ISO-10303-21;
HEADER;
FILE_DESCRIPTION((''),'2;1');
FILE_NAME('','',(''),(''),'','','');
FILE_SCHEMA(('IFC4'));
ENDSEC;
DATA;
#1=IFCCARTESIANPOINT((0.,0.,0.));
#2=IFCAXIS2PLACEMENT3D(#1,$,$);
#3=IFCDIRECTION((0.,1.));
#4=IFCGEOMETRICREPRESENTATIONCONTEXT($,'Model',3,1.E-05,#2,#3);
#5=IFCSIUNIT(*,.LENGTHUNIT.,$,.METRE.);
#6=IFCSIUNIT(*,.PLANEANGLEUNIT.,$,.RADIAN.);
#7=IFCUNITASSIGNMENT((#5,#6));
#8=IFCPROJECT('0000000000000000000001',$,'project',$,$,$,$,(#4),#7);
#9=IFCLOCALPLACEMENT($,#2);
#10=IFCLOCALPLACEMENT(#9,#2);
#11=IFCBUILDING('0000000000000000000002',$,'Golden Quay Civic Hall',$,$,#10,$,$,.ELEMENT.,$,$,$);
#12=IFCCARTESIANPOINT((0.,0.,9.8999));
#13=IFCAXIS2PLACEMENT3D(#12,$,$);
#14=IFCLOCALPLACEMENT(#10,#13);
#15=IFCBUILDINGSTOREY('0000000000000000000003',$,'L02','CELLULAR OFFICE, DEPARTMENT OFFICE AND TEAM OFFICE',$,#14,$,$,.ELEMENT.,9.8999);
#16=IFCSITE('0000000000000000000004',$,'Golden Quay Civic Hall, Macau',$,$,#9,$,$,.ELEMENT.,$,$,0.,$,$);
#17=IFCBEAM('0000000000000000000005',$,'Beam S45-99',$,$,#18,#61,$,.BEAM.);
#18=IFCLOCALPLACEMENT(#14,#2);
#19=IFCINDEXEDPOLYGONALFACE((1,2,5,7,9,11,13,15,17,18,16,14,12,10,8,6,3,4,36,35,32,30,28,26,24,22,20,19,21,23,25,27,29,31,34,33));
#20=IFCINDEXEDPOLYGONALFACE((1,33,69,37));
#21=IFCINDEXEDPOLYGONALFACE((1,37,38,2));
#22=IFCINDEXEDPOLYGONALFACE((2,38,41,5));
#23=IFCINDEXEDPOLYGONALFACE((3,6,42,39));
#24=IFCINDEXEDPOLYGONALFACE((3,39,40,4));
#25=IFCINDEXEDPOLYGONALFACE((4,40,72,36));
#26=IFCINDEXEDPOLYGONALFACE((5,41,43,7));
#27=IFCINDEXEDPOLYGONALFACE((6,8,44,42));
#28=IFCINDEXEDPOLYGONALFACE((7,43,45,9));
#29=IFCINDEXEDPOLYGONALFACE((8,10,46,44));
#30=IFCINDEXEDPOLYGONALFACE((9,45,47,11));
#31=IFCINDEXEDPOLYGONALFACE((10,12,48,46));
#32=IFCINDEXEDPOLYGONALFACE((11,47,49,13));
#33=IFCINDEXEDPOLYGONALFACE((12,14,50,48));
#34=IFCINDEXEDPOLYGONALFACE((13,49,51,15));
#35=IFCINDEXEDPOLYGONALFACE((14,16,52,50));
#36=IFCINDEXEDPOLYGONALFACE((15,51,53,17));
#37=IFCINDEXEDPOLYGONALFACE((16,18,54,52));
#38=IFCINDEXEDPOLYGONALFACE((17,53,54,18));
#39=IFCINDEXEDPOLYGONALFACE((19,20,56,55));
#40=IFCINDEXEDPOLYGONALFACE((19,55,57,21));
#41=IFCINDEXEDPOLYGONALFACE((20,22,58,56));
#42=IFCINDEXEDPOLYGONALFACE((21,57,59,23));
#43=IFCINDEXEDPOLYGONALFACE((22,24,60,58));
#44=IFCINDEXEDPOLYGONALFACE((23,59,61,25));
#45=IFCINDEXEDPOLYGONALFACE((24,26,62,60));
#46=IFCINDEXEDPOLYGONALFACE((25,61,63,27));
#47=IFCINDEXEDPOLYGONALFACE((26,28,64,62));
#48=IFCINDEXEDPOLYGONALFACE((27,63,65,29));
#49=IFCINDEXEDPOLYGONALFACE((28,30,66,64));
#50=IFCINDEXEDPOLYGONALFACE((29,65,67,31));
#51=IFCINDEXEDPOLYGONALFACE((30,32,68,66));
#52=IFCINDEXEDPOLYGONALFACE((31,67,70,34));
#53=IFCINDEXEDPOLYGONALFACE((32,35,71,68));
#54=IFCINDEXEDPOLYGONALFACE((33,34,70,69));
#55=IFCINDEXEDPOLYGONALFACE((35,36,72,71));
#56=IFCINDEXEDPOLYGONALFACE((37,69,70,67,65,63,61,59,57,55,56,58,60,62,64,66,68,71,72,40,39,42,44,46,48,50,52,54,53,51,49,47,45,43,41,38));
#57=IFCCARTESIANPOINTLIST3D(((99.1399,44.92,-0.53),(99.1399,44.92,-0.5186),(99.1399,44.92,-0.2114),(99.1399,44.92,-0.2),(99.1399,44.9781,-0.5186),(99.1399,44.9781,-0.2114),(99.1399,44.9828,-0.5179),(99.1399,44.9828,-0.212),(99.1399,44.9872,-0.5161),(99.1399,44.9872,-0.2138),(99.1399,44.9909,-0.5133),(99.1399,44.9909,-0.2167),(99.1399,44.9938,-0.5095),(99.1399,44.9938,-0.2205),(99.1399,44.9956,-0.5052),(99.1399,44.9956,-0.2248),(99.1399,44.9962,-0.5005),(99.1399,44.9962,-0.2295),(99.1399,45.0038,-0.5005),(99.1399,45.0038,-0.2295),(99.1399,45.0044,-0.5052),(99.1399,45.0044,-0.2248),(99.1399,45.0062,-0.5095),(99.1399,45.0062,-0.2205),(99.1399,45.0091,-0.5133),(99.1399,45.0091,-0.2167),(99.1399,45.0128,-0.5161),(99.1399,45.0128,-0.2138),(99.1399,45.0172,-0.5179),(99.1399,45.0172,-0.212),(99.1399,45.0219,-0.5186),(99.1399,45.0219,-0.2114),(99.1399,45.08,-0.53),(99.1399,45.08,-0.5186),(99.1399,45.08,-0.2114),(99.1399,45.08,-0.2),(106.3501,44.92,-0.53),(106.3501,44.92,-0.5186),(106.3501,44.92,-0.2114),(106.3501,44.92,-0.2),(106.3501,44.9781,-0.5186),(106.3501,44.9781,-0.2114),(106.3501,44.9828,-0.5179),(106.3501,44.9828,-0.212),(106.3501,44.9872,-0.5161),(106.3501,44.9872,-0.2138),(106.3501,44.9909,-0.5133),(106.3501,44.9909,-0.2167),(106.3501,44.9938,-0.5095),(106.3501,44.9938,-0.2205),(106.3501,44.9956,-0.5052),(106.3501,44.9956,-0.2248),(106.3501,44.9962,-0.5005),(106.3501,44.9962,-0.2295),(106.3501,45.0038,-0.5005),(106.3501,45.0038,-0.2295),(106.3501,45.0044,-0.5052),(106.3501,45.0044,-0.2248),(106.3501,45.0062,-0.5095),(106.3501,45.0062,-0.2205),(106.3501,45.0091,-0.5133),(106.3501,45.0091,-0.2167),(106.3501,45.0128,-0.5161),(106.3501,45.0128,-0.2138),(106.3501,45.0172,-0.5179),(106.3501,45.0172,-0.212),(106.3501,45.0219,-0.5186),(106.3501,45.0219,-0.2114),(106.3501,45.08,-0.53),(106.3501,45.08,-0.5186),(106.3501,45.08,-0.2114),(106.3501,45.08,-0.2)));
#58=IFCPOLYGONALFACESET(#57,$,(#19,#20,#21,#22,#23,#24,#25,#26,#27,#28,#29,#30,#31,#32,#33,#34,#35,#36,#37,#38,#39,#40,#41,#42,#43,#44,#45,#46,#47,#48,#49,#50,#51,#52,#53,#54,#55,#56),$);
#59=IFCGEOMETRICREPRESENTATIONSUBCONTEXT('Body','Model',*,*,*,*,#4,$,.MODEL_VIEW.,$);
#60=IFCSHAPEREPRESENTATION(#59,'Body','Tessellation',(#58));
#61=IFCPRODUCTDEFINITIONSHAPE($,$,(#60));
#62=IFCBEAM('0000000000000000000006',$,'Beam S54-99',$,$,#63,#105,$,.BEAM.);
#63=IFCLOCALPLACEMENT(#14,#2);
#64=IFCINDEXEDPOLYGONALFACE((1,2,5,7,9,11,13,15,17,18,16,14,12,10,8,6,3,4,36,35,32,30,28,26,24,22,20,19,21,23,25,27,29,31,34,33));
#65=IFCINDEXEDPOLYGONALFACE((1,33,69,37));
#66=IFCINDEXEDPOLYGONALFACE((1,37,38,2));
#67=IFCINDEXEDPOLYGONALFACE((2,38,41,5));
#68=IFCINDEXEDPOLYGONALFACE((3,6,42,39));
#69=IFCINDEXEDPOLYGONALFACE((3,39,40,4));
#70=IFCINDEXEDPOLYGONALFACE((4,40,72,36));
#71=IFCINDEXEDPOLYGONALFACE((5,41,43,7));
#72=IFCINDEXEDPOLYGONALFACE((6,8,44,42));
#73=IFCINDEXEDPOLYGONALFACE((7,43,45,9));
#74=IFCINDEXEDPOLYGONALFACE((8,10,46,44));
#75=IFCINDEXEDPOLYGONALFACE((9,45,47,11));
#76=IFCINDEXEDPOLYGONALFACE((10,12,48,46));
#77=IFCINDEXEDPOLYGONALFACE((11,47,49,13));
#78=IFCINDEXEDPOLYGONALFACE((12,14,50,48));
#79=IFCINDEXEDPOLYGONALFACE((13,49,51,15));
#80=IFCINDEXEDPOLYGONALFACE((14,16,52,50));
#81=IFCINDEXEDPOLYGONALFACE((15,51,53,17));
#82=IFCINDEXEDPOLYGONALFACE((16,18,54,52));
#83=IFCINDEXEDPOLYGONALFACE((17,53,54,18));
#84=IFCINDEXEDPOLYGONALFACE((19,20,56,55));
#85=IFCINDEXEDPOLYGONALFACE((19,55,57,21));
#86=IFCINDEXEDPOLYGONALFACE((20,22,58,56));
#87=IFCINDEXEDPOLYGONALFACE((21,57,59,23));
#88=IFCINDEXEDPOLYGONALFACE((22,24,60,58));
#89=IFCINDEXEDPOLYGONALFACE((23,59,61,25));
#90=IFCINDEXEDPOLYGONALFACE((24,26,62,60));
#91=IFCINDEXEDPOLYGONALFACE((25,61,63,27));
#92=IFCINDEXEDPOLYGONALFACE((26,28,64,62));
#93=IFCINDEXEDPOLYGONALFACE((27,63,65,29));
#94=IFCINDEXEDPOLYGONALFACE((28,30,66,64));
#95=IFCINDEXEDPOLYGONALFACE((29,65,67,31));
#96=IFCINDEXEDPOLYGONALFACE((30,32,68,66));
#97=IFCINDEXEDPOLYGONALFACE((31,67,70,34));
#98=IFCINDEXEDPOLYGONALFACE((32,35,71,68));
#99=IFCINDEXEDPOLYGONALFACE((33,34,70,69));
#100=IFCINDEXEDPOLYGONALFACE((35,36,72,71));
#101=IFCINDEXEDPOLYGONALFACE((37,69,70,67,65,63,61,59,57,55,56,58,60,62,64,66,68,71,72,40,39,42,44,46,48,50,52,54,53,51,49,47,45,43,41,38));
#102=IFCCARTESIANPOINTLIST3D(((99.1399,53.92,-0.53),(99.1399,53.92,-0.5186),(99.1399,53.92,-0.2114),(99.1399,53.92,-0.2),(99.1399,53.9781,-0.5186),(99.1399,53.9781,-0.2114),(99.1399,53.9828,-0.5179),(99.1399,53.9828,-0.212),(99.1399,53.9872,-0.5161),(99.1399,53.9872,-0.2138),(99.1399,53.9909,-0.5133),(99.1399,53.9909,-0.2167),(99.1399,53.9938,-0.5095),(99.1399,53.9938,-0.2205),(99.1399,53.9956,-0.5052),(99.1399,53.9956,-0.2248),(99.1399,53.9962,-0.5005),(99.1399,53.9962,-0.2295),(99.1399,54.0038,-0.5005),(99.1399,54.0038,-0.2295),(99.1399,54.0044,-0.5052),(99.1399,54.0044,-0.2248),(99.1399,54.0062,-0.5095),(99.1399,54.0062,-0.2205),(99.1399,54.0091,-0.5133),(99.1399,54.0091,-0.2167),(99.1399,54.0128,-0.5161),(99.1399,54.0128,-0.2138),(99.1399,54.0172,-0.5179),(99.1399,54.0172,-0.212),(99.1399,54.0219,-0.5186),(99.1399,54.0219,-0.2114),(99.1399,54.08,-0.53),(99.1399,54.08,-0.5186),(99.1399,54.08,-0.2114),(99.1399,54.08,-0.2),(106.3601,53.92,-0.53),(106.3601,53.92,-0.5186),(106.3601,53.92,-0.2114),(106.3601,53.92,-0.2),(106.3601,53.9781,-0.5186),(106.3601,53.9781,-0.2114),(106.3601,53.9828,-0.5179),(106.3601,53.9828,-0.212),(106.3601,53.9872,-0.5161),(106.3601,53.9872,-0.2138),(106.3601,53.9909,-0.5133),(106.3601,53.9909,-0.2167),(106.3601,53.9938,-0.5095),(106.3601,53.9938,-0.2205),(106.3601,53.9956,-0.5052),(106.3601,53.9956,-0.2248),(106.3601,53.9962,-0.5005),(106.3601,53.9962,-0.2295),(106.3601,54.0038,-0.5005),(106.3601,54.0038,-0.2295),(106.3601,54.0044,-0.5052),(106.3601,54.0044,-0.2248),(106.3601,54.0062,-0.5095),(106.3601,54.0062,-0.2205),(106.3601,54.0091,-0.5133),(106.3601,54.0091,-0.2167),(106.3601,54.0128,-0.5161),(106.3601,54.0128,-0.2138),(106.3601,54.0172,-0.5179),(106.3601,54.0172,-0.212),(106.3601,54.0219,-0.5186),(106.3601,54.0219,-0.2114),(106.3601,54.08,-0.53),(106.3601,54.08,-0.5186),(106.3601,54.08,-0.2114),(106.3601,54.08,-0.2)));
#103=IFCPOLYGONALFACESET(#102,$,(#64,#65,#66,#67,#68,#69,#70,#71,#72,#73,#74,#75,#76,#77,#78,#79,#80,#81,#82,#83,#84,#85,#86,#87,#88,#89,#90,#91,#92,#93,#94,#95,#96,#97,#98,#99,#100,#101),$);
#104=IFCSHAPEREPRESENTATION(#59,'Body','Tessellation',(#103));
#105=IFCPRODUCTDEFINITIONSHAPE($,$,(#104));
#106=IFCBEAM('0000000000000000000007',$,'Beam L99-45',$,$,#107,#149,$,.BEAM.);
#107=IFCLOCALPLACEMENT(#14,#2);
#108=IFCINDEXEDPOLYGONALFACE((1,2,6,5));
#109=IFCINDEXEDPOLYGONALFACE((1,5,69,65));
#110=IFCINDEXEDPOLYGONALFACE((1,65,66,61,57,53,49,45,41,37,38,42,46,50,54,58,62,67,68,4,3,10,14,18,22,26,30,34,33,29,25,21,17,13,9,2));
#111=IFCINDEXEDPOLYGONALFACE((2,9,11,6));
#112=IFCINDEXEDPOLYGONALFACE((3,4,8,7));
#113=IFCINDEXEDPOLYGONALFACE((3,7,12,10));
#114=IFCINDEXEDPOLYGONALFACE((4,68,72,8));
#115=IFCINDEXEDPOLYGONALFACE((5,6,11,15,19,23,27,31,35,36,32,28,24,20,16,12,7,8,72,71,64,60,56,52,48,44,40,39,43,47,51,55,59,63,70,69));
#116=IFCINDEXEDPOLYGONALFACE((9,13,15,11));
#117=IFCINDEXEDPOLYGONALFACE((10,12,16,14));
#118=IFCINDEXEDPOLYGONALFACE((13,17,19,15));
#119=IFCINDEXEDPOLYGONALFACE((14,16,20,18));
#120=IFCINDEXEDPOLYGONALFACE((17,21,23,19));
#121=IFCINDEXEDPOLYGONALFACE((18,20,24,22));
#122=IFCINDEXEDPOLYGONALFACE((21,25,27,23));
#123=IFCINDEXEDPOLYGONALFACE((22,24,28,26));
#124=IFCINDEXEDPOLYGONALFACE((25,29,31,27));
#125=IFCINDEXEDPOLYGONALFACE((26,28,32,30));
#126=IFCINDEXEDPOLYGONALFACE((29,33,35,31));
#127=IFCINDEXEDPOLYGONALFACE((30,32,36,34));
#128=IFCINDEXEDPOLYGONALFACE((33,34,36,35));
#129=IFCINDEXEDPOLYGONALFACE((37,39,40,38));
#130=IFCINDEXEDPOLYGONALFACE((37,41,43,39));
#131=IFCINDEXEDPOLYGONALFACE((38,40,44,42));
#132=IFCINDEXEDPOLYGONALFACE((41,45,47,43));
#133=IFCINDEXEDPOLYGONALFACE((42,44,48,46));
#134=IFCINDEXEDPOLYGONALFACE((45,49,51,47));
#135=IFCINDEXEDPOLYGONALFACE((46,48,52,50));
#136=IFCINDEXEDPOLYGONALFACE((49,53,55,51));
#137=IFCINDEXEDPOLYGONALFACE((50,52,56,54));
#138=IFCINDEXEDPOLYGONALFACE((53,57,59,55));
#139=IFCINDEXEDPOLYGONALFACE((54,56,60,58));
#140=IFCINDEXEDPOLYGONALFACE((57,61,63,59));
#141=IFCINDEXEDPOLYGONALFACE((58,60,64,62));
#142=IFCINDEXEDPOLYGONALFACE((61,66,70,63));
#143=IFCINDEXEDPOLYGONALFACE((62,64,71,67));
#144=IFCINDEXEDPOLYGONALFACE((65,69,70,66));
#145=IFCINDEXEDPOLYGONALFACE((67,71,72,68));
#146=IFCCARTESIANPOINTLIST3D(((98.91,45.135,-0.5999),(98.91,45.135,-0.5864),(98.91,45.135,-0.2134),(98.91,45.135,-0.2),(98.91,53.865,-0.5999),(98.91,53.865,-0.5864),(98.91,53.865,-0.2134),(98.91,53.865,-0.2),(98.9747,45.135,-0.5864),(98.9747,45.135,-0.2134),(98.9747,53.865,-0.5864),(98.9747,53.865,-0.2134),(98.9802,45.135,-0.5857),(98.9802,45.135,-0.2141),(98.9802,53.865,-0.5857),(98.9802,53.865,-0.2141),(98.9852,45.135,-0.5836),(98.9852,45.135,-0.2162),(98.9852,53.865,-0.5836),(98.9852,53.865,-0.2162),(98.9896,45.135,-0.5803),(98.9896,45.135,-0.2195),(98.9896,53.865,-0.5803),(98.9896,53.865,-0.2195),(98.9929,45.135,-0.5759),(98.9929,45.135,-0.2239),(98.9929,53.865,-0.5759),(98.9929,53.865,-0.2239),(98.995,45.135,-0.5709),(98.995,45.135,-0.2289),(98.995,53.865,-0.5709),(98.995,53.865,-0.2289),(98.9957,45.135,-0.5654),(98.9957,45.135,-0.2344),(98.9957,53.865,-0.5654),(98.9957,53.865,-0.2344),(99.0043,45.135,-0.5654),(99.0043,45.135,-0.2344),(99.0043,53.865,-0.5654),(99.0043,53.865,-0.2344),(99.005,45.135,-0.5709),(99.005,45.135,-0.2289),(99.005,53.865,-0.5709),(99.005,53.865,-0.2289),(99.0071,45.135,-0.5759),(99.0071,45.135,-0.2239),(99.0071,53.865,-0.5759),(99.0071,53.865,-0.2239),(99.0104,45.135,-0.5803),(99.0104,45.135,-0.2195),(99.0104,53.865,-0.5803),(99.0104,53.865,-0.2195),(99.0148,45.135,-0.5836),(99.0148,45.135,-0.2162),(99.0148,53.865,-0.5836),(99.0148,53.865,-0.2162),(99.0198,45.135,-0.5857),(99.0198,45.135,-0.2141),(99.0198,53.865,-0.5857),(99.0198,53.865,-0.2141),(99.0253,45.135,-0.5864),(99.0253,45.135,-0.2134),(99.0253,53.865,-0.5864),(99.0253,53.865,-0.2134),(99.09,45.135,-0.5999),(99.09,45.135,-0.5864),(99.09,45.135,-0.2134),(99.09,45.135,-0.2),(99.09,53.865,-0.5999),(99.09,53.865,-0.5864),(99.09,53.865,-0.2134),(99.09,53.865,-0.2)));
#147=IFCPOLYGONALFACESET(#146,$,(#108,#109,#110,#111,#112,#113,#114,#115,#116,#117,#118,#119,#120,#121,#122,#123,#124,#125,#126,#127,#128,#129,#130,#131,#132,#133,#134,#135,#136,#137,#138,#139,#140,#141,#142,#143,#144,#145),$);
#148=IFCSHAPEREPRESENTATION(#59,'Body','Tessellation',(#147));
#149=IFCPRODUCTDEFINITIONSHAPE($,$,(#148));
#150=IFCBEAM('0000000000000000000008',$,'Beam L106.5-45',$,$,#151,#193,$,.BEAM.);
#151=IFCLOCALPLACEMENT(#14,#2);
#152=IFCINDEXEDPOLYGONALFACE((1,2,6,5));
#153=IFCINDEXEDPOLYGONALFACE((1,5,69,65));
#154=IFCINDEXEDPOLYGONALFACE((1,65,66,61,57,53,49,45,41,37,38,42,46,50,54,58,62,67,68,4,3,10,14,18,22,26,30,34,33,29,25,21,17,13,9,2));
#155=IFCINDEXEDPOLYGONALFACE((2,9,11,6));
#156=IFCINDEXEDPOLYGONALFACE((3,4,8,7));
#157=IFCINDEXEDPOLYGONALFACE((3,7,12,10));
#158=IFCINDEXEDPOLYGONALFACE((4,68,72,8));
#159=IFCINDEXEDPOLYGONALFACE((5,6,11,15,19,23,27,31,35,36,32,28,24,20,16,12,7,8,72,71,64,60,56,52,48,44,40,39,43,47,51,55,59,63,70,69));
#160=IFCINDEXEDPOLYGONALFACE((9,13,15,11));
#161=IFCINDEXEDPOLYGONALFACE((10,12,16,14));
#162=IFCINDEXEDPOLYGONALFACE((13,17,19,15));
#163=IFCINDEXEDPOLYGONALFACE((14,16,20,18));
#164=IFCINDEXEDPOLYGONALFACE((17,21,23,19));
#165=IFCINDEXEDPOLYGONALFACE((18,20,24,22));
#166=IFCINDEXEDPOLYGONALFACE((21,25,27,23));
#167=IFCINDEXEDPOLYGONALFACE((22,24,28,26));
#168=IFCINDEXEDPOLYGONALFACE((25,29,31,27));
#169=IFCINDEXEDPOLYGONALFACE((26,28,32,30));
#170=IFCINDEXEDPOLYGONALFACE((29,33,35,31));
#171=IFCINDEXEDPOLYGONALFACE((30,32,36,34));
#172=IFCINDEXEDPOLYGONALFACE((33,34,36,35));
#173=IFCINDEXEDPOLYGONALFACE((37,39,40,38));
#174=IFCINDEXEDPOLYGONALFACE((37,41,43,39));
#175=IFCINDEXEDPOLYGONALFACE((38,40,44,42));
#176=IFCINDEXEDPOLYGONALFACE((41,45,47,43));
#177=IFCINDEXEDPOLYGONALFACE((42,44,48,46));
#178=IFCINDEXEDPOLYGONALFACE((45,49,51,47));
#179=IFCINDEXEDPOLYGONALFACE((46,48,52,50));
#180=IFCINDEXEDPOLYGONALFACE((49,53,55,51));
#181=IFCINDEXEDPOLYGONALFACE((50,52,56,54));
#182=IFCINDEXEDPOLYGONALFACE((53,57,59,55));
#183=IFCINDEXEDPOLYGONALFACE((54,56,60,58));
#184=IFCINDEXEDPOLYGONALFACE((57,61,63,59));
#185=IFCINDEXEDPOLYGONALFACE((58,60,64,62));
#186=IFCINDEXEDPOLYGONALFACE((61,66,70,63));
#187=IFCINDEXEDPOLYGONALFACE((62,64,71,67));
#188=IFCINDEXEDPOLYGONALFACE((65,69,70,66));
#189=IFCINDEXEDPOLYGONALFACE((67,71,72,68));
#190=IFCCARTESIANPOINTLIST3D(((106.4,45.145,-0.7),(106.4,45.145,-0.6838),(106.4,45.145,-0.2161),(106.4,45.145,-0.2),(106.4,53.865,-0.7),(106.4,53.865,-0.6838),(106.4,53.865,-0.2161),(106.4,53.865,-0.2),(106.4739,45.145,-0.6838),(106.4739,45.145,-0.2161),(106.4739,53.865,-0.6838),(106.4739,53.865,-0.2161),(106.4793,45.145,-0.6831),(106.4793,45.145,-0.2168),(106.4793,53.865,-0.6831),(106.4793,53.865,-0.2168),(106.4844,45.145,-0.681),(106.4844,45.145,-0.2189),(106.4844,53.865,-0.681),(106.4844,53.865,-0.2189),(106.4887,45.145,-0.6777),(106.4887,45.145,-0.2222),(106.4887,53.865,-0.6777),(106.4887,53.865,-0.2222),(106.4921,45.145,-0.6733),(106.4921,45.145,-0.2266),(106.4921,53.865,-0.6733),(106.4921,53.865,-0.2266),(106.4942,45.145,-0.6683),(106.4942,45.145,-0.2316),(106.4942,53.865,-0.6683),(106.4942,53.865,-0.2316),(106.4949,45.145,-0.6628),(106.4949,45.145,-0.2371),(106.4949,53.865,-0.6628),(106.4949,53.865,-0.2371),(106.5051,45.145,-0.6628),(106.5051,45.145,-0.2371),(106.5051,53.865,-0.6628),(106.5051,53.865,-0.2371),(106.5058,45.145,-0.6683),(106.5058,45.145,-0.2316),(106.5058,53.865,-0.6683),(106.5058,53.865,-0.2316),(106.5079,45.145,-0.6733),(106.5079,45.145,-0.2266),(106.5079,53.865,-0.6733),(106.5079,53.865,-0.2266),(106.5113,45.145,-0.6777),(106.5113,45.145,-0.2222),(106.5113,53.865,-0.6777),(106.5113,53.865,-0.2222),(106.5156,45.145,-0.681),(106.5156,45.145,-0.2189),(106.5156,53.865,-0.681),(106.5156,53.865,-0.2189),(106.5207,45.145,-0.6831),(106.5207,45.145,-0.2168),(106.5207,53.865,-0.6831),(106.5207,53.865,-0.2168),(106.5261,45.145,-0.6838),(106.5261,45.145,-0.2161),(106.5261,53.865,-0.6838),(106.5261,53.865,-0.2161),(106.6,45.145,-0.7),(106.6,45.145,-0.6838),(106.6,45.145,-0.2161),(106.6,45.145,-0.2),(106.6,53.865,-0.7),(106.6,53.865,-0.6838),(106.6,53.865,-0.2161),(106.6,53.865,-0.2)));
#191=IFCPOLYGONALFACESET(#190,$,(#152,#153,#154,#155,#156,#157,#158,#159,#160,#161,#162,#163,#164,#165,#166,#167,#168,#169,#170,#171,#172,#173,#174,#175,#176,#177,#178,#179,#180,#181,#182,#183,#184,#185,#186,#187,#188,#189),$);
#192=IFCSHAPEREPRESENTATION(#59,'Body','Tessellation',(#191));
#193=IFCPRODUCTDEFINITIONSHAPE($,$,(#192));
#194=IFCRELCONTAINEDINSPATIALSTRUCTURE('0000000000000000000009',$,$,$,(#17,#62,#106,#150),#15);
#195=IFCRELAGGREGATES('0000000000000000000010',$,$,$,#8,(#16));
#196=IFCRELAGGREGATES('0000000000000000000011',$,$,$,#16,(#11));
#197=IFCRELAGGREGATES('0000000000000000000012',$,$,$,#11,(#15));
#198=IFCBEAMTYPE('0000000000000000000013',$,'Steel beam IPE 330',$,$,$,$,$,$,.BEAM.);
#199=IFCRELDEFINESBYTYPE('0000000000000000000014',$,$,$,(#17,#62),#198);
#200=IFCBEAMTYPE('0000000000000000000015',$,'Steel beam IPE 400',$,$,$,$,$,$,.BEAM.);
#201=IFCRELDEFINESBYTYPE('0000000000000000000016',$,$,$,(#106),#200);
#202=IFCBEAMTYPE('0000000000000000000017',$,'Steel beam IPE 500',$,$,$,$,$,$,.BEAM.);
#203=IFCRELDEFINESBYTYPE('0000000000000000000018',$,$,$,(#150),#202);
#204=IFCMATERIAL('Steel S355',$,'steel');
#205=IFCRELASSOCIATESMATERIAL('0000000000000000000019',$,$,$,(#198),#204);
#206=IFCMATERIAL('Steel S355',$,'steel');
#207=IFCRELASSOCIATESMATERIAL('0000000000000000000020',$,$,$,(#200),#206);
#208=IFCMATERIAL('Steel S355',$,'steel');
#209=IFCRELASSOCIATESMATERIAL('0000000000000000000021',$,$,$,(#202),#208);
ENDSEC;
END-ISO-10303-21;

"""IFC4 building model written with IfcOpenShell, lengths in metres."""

from ifc_helpers import new_model, si_unit, direction, frame, origin, origin_2d, place, context, subcontext, project, spatial, i_section, extrude, material, material_profile, profile_set, type_object, element, save


model = new_model("IFC4")

# Units and contexts
model_context = context("Model", 3, precision=1e-05, world=origin(), true_north=direction((0.0, 1.0)))
body_context = subcontext(model_context, "Body", "Model", "MODEL_VIEW")
ifc_project = project(units=[si_unit("LENGTHUNIT", "METRE"), si_unit("PLANEANGLEUNIT", "RADIAN")], contexts=[model_context])

# Site, building, storey
site_placement = place(None, origin())
site = spatial("IfcSite", under=ifc_project, at=site_placement, Name="Golden Quay Civic Hall, Macau", CompositionType="ELEMENT", RefElevation=0.0)
building_placement = place(site_placement, origin())
building = spatial("IfcBuilding", under=site, at=building_placement, Name="Golden Quay Civic Hall", CompositionType="ELEMENT")
storey_placement = place(building_placement, frame((0.0, 0.0, 9.8999)))
storey = spatial("IfcBuildingStorey", under=building, at=storey_placement, Name="L02", Description="CELLULAR OFFICE, DEPARTMENT OFFICE AND TEAM OFFICE", CompositionType="ELEMENT", Elevation=9.8999)

# Beams
ifc_material_1 = material(Name="Steel S355", Category="steel")
ifc_material_profile_1 = material_profile(ifc_material_1, i_section(OverallWidth=0.1599, OverallDepth=0.3301, WebThickness=0.0076, FlangeThickness=0.0115, FilletRadius=0.0181, at=origin_2d()), Name="IPE 330")
ifc_profile_set_1 = profile_set([ifc_material_profile_1], Name="Steel S355")
beam_type_1 = type_object("IfcBeamType", Name="Steel beam IPE 330", PredefinedType="BEAM", material=ifc_profile_set_1)
beam_1_placement = place(storey_placement, frame((99.1399, 45.0, -0.365), z_axis=(1.0, 0.0, 0.0), x_axis=(0.0, 1.0, 0.0)))
element("IfcBeam", 1, at=beam_1_placement, inside=storey, type_object=beam_type_1, Name="Beam S45-99", PredefinedType="BEAM", context=body_context, shape_type="SweptSolid", body=[
    extrude(i_section(OverallWidth=0.1599, OverallDepth=0.3301, WebThickness=0.0076, FlangeThickness=0.0115, FilletRadius=0.0181, at=origin_2d()), origin(), (0.0, 0.0, 1.0), 7.2102),
])
beam_2_placement = place(storey_placement, frame((99.1399, 54.0, -0.365), z_axis=(1.0, 0.0, 0.0), x_axis=(0.0, 1.0, 0.0)))
element("IfcBeam", 2, at=beam_2_placement, inside=storey, type_object=beam_type_1, Name="Beam S54-99", PredefinedType="BEAM", context=body_context, shape_type="SweptSolid", body=[
    extrude(i_section(OverallWidth=0.1599, OverallDepth=0.3301, WebThickness=0.0076, FlangeThickness=0.0115, FilletRadius=0.0181, at=origin_2d()), origin(), (0.0, 0.0, 1.0), 7.2202),
])
ifc_material_2 = material(Name="Steel S355", Category="steel")
ifc_material_profile_2 = material_profile(ifc_material_2, i_section(OverallWidth=0.1799, OverallDepth=0.3999, WebThickness=0.0085, FlangeThickness=0.0134, FilletRadius=0.021, at=origin_2d()), Name="IPE 400")
ifc_profile_set_2 = profile_set([ifc_material_profile_2], Name="Steel S355")
beam_type_2 = type_object("IfcBeamType", Name="Steel beam IPE 400", PredefinedType="BEAM", material=ifc_profile_set_2)
beam_3_placement = place(storey_placement, frame((99.0, 45.135, -0.3999), z_axis=(0.0, 1.0, 0.0), x_axis=(-1.0, 0.0, 0.0)))
element("IfcBeam", 3, at=beam_3_placement, inside=storey, type_object=beam_type_2, Name="Beam L99-45", PredefinedType="BEAM", context=body_context, shape_type="SweptSolid", body=[
    extrude(i_section(OverallWidth=0.1799, OverallDepth=0.3999, WebThickness=0.0085, FlangeThickness=0.0134, FilletRadius=0.021, at=origin_2d()), origin(), (0.0, 0.0, 1.0), 8.73),
])
ifc_material_3 = material(Name="Steel S355", Category="steel")
ifc_material_profile_3 = material_profile(ifc_material_3, i_section(OverallWidth=0.2, OverallDepth=0.5, WebThickness=0.0103, FlangeThickness=0.0161, FilletRadius=0.021, at=origin_2d()), Name="IPE 500")
ifc_profile_set_3 = profile_set([ifc_material_profile_3], Name="Steel S355")
beam_type_3 = type_object("IfcBeamType", Name="Steel beam IPE 500", PredefinedType="BEAM", material=ifc_profile_set_3)
beam_4_placement = place(storey_placement, frame((106.5, 45.145, -0.45), z_axis=(0.0, 1.0, 0.0), x_axis=(-1.0, 0.0, 0.0)))
element("IfcBeam", 4, at=beam_4_placement, inside=storey, type_object=beam_type_3, Name="Beam L106.5-45", PredefinedType="BEAM", context=body_context, shape_type="SweptSolid", body=[
    extrude(i_section(OverallWidth=0.2, OverallDepth=0.5, WebThickness=0.0103, FlangeThickness=0.0161, FilletRadius=0.021, at=origin_2d()), origin(), (0.0, 0.0, 1.0), 8.72),
])

save(model, "model.ifc")
